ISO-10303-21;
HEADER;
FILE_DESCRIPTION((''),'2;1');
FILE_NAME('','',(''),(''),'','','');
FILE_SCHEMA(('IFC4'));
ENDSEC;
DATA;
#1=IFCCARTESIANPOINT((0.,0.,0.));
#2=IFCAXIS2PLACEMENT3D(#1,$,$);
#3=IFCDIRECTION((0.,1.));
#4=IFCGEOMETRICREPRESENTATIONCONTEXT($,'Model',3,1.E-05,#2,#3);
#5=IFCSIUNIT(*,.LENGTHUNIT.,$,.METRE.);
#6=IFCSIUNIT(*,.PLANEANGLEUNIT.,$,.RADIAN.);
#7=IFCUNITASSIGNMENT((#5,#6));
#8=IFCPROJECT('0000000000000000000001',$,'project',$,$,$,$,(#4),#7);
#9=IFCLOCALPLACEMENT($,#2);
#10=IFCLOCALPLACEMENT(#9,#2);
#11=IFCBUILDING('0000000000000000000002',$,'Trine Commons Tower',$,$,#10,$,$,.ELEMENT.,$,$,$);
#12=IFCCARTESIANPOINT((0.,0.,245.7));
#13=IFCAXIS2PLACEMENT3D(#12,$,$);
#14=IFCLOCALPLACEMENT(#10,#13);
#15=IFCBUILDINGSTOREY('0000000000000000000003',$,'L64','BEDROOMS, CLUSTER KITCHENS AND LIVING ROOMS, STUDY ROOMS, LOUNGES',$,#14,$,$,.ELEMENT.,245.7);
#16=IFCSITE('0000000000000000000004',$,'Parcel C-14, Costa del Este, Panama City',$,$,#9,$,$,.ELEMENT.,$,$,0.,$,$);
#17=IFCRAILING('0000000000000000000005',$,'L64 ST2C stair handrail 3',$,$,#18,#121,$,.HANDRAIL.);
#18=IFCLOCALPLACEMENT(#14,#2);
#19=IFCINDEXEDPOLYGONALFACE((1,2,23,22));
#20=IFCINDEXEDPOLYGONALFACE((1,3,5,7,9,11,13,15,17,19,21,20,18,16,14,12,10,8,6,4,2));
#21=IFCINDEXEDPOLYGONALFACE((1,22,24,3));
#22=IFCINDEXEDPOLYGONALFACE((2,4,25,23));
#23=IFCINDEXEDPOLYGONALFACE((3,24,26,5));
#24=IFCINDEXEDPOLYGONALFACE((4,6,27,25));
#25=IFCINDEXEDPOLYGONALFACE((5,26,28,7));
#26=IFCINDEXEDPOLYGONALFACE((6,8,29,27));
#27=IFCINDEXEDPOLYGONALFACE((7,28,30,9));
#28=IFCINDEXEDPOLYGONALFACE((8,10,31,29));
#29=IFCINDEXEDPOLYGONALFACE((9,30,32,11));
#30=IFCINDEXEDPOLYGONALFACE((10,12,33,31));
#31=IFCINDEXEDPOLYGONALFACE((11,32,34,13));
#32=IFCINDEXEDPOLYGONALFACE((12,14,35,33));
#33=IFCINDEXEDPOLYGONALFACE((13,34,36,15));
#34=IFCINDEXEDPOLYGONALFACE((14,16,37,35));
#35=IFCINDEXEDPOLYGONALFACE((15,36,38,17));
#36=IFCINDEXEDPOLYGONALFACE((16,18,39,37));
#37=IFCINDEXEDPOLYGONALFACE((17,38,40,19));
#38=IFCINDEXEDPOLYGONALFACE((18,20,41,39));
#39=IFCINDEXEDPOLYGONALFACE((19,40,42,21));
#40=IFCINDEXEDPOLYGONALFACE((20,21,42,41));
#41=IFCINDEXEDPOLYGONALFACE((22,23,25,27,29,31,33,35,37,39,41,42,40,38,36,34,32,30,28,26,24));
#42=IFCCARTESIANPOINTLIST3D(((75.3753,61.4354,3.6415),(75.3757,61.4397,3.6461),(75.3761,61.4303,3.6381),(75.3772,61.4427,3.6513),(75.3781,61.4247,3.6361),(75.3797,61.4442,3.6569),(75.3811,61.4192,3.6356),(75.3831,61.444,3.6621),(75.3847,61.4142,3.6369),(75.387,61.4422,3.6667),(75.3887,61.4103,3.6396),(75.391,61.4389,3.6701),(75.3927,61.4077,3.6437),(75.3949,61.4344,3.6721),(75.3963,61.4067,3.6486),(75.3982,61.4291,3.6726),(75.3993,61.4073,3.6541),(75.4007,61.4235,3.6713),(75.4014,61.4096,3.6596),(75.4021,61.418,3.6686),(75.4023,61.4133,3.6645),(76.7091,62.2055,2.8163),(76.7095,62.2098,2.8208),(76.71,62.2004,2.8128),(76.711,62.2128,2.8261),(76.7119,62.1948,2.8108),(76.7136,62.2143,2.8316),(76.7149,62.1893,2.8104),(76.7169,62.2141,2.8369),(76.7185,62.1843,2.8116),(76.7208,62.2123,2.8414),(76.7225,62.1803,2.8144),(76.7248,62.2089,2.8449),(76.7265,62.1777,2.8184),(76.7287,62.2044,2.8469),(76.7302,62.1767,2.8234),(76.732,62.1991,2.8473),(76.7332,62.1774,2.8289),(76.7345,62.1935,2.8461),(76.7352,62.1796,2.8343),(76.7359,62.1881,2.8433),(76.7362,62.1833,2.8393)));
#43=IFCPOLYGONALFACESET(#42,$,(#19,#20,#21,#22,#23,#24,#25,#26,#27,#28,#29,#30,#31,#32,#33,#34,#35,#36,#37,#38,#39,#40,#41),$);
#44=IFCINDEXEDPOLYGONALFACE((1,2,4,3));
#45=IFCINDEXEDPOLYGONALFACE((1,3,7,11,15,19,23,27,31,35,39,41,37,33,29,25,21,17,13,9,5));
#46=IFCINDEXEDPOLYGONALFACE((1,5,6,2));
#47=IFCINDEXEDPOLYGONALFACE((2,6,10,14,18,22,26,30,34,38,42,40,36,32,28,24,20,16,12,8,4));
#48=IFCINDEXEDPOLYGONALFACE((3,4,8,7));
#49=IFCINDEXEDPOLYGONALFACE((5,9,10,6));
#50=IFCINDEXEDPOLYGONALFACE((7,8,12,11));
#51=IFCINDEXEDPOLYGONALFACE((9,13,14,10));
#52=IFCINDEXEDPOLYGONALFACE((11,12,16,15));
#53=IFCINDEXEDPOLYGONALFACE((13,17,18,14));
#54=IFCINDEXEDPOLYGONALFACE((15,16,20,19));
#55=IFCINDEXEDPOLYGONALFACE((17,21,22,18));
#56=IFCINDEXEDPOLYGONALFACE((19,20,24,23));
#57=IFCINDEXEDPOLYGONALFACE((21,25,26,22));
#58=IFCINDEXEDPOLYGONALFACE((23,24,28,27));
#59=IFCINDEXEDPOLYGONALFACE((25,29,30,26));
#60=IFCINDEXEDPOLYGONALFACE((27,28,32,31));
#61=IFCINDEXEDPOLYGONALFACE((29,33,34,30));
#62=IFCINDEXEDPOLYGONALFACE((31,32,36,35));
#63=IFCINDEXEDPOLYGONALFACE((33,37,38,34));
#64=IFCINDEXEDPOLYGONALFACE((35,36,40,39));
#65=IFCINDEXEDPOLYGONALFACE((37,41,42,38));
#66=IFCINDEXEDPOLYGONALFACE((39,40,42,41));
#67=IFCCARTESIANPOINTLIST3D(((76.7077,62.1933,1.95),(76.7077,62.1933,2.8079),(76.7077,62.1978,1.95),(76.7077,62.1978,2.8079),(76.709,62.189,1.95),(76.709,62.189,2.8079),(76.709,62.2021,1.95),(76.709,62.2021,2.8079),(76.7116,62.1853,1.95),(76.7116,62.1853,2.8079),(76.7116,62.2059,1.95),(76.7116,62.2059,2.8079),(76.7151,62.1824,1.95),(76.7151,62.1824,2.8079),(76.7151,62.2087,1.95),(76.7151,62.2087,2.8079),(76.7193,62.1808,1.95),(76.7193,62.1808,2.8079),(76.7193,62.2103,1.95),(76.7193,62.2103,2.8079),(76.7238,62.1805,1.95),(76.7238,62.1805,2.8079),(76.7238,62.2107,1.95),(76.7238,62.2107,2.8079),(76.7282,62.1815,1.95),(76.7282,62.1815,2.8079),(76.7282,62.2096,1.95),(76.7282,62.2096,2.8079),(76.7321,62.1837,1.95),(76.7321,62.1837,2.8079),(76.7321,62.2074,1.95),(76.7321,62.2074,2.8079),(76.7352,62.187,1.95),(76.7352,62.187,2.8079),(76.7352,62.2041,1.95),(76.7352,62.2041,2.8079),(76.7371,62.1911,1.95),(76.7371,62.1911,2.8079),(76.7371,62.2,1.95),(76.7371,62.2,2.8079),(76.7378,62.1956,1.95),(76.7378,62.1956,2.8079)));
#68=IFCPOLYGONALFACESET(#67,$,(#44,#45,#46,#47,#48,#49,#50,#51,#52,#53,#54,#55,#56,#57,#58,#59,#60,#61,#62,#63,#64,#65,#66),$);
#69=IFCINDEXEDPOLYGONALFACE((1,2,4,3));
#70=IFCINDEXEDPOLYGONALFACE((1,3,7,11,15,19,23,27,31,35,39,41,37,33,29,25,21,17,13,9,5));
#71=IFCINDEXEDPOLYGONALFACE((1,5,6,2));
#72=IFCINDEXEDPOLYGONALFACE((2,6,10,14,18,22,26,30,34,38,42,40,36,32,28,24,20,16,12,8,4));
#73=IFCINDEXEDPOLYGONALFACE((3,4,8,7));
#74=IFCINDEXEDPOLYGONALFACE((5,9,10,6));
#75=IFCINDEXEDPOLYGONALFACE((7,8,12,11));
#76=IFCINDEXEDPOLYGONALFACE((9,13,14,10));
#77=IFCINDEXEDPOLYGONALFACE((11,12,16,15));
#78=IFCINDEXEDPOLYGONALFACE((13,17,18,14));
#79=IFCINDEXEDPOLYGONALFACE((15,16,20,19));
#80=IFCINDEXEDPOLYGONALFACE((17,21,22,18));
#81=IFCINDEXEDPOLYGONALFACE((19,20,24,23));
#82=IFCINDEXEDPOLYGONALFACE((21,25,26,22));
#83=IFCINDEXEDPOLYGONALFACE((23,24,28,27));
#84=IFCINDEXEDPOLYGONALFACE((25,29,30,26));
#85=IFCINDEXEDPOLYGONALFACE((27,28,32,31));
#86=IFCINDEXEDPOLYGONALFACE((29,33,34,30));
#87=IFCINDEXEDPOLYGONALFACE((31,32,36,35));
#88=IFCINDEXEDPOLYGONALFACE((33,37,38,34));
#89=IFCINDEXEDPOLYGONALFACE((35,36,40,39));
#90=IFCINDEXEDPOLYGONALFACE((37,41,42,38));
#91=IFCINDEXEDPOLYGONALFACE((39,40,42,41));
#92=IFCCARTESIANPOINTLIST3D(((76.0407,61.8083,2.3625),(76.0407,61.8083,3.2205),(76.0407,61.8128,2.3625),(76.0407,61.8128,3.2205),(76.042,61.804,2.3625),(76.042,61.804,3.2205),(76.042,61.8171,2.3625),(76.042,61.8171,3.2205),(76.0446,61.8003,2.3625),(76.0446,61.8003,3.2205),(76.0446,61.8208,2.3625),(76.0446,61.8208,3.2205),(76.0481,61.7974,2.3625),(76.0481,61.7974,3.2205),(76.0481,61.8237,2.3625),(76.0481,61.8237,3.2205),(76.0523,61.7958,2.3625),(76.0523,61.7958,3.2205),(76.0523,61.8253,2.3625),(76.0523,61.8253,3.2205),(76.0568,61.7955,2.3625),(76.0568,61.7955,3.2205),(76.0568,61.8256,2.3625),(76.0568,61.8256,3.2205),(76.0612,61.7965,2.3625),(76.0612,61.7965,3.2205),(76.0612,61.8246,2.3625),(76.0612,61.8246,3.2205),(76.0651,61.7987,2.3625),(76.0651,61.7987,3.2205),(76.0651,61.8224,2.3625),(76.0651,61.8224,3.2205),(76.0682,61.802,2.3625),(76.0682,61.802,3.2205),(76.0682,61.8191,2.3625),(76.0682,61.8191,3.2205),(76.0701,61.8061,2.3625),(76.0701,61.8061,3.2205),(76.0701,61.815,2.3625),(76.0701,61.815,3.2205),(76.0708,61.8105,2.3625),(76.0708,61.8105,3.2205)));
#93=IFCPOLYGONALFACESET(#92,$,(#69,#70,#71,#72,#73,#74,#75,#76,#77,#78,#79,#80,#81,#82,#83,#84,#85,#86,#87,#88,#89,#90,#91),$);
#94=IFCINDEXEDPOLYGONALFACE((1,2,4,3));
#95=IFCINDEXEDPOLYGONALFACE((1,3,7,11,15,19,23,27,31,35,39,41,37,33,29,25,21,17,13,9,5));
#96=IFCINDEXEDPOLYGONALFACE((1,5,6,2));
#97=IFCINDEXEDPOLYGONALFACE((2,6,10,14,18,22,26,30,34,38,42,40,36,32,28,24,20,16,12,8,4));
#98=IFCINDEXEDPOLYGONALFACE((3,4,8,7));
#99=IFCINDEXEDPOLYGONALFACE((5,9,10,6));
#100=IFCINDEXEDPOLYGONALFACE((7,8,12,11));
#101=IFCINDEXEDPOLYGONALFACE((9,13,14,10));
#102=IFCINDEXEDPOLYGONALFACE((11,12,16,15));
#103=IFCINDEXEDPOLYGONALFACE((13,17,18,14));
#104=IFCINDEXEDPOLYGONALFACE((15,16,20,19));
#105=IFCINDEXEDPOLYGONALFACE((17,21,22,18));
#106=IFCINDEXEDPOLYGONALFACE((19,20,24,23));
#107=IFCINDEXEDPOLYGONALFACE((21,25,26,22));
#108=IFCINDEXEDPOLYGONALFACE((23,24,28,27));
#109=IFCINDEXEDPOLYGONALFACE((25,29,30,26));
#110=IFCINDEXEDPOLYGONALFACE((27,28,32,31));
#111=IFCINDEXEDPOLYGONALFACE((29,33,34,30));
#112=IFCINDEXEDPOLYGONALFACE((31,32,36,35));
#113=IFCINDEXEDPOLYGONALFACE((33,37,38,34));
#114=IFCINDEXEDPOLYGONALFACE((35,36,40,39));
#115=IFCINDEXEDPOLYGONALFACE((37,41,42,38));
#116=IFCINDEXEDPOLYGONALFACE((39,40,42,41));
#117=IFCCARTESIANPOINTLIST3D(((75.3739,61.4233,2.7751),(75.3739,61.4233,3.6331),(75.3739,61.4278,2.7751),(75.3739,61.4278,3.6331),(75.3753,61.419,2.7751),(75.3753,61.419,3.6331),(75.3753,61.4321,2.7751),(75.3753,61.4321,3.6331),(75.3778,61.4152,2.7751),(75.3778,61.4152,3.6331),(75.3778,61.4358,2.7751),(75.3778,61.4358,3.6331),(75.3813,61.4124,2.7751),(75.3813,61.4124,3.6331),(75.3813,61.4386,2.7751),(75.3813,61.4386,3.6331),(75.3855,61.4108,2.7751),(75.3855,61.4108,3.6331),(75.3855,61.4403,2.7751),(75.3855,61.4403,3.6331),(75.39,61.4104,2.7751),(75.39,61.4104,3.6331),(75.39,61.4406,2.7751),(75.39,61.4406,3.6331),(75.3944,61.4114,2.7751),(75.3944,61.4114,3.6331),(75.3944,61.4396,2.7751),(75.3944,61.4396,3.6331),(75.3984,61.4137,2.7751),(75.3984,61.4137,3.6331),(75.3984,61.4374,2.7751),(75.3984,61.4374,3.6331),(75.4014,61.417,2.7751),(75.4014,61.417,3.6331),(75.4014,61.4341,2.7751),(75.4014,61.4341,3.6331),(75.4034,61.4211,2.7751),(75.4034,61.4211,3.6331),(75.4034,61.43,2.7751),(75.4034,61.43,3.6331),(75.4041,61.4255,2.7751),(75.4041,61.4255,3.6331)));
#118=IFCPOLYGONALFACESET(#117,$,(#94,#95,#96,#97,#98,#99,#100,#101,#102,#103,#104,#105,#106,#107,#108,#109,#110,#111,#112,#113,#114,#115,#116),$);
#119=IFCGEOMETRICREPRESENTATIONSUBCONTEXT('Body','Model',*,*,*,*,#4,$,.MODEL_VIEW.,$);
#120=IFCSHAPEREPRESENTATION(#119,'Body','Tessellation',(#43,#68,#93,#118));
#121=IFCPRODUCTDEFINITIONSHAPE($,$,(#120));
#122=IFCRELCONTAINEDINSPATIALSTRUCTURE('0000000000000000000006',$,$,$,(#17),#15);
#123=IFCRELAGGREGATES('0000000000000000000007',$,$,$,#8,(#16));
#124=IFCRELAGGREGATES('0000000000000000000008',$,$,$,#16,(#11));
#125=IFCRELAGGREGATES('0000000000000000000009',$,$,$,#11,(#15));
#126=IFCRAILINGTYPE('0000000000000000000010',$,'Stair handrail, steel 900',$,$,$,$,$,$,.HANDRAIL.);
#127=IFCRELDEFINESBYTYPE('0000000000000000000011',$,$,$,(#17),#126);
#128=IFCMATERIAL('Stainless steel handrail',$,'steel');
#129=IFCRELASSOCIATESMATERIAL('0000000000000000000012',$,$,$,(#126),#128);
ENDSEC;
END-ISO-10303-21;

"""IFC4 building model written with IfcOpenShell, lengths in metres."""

from ifc_helpers import new_model, si_unit, direction, frame, origin, origin_2d, place, context, subcontext, project, spatial, circle, extrude, material, type_object, element, save


model = new_model("IFC4")

# Units and contexts
model_context = context("Model", 3, precision=1e-05, world=origin(), true_north=direction((0.0, 1.0)))
body_context = subcontext(model_context, "Body", "Model", "MODEL_VIEW")
ifc_project = project(units=[si_unit("LENGTHUNIT", "METRE"), si_unit("PLANEANGLEUNIT", "RADIAN")], contexts=[model_context])

# Site, building, storey
site_placement = place(None, origin())
site = spatial("IfcSite", under=ifc_project, at=site_placement, Name="Parcel C-14, Costa del Este, Panama City", CompositionType="ELEMENT", RefElevation=0.0)
building_placement = place(site_placement, origin())
building = spatial("IfcBuilding", under=site, at=building_placement, Name="Trine Commons Tower", CompositionType="ELEMENT")
storey_placement = place(building_placement, frame((0.0, 0.0, 245.7)))
storey = spatial("IfcBuildingStorey", under=building, at=storey_placement, Name="L64", Description="BEDROOMS, CLUSTER KITCHENS AND LIVING ROOMS, STUDY ROOMS, LOUNGES", CompositionType="ELEMENT", Elevation=245.7)

# Railing
ifc_material_1 = material(Name="Stainless steel handrail", Category="steel")
railing_type_1 = type_object("IfcRailingType", Name="Stair handrail, steel 900", PredefinedType="HANDRAIL", material=ifc_material_1)
railing_1_placement = place(storey_placement, frame((76.7227, 62.1956, 1.95)))
element("IfcRailing", 1, at=railing_1_placement, inside=storey, type_object=railing_type_1, Name="L64 ST2C stair handrail 3", PredefinedType="HANDRAIL", context=body_context, shape_type="SweptSolid", body=[
    extrude(circle(Radius=0.021, at=origin_2d()), frame((0.0, 0.0, 0.8789), z_axis=(-0.763355, -0.440714, 0.472293), x_axis=(0.499992, -0.86603, 0.0)), (0.0, 0.0, 1.0), 1.7473),
    extrude(circle(Radius=0.0151, at=origin_2d()), origin(), (0.0, 0.0, 1.0), 0.8579),
    extrude(circle(Radius=0.0151, at=origin_2d()), frame((-0.667, -0.385, 0.4126)), (0.0, 0.0, 1.0), 0.8579),
    extrude(circle(Radius=0.0151, at=origin_2d()), frame((-1.3337, -0.77, 0.8252)), (0.0, 0.0, 1.0), 0.8579),
])

save(model, "model.ifc")
